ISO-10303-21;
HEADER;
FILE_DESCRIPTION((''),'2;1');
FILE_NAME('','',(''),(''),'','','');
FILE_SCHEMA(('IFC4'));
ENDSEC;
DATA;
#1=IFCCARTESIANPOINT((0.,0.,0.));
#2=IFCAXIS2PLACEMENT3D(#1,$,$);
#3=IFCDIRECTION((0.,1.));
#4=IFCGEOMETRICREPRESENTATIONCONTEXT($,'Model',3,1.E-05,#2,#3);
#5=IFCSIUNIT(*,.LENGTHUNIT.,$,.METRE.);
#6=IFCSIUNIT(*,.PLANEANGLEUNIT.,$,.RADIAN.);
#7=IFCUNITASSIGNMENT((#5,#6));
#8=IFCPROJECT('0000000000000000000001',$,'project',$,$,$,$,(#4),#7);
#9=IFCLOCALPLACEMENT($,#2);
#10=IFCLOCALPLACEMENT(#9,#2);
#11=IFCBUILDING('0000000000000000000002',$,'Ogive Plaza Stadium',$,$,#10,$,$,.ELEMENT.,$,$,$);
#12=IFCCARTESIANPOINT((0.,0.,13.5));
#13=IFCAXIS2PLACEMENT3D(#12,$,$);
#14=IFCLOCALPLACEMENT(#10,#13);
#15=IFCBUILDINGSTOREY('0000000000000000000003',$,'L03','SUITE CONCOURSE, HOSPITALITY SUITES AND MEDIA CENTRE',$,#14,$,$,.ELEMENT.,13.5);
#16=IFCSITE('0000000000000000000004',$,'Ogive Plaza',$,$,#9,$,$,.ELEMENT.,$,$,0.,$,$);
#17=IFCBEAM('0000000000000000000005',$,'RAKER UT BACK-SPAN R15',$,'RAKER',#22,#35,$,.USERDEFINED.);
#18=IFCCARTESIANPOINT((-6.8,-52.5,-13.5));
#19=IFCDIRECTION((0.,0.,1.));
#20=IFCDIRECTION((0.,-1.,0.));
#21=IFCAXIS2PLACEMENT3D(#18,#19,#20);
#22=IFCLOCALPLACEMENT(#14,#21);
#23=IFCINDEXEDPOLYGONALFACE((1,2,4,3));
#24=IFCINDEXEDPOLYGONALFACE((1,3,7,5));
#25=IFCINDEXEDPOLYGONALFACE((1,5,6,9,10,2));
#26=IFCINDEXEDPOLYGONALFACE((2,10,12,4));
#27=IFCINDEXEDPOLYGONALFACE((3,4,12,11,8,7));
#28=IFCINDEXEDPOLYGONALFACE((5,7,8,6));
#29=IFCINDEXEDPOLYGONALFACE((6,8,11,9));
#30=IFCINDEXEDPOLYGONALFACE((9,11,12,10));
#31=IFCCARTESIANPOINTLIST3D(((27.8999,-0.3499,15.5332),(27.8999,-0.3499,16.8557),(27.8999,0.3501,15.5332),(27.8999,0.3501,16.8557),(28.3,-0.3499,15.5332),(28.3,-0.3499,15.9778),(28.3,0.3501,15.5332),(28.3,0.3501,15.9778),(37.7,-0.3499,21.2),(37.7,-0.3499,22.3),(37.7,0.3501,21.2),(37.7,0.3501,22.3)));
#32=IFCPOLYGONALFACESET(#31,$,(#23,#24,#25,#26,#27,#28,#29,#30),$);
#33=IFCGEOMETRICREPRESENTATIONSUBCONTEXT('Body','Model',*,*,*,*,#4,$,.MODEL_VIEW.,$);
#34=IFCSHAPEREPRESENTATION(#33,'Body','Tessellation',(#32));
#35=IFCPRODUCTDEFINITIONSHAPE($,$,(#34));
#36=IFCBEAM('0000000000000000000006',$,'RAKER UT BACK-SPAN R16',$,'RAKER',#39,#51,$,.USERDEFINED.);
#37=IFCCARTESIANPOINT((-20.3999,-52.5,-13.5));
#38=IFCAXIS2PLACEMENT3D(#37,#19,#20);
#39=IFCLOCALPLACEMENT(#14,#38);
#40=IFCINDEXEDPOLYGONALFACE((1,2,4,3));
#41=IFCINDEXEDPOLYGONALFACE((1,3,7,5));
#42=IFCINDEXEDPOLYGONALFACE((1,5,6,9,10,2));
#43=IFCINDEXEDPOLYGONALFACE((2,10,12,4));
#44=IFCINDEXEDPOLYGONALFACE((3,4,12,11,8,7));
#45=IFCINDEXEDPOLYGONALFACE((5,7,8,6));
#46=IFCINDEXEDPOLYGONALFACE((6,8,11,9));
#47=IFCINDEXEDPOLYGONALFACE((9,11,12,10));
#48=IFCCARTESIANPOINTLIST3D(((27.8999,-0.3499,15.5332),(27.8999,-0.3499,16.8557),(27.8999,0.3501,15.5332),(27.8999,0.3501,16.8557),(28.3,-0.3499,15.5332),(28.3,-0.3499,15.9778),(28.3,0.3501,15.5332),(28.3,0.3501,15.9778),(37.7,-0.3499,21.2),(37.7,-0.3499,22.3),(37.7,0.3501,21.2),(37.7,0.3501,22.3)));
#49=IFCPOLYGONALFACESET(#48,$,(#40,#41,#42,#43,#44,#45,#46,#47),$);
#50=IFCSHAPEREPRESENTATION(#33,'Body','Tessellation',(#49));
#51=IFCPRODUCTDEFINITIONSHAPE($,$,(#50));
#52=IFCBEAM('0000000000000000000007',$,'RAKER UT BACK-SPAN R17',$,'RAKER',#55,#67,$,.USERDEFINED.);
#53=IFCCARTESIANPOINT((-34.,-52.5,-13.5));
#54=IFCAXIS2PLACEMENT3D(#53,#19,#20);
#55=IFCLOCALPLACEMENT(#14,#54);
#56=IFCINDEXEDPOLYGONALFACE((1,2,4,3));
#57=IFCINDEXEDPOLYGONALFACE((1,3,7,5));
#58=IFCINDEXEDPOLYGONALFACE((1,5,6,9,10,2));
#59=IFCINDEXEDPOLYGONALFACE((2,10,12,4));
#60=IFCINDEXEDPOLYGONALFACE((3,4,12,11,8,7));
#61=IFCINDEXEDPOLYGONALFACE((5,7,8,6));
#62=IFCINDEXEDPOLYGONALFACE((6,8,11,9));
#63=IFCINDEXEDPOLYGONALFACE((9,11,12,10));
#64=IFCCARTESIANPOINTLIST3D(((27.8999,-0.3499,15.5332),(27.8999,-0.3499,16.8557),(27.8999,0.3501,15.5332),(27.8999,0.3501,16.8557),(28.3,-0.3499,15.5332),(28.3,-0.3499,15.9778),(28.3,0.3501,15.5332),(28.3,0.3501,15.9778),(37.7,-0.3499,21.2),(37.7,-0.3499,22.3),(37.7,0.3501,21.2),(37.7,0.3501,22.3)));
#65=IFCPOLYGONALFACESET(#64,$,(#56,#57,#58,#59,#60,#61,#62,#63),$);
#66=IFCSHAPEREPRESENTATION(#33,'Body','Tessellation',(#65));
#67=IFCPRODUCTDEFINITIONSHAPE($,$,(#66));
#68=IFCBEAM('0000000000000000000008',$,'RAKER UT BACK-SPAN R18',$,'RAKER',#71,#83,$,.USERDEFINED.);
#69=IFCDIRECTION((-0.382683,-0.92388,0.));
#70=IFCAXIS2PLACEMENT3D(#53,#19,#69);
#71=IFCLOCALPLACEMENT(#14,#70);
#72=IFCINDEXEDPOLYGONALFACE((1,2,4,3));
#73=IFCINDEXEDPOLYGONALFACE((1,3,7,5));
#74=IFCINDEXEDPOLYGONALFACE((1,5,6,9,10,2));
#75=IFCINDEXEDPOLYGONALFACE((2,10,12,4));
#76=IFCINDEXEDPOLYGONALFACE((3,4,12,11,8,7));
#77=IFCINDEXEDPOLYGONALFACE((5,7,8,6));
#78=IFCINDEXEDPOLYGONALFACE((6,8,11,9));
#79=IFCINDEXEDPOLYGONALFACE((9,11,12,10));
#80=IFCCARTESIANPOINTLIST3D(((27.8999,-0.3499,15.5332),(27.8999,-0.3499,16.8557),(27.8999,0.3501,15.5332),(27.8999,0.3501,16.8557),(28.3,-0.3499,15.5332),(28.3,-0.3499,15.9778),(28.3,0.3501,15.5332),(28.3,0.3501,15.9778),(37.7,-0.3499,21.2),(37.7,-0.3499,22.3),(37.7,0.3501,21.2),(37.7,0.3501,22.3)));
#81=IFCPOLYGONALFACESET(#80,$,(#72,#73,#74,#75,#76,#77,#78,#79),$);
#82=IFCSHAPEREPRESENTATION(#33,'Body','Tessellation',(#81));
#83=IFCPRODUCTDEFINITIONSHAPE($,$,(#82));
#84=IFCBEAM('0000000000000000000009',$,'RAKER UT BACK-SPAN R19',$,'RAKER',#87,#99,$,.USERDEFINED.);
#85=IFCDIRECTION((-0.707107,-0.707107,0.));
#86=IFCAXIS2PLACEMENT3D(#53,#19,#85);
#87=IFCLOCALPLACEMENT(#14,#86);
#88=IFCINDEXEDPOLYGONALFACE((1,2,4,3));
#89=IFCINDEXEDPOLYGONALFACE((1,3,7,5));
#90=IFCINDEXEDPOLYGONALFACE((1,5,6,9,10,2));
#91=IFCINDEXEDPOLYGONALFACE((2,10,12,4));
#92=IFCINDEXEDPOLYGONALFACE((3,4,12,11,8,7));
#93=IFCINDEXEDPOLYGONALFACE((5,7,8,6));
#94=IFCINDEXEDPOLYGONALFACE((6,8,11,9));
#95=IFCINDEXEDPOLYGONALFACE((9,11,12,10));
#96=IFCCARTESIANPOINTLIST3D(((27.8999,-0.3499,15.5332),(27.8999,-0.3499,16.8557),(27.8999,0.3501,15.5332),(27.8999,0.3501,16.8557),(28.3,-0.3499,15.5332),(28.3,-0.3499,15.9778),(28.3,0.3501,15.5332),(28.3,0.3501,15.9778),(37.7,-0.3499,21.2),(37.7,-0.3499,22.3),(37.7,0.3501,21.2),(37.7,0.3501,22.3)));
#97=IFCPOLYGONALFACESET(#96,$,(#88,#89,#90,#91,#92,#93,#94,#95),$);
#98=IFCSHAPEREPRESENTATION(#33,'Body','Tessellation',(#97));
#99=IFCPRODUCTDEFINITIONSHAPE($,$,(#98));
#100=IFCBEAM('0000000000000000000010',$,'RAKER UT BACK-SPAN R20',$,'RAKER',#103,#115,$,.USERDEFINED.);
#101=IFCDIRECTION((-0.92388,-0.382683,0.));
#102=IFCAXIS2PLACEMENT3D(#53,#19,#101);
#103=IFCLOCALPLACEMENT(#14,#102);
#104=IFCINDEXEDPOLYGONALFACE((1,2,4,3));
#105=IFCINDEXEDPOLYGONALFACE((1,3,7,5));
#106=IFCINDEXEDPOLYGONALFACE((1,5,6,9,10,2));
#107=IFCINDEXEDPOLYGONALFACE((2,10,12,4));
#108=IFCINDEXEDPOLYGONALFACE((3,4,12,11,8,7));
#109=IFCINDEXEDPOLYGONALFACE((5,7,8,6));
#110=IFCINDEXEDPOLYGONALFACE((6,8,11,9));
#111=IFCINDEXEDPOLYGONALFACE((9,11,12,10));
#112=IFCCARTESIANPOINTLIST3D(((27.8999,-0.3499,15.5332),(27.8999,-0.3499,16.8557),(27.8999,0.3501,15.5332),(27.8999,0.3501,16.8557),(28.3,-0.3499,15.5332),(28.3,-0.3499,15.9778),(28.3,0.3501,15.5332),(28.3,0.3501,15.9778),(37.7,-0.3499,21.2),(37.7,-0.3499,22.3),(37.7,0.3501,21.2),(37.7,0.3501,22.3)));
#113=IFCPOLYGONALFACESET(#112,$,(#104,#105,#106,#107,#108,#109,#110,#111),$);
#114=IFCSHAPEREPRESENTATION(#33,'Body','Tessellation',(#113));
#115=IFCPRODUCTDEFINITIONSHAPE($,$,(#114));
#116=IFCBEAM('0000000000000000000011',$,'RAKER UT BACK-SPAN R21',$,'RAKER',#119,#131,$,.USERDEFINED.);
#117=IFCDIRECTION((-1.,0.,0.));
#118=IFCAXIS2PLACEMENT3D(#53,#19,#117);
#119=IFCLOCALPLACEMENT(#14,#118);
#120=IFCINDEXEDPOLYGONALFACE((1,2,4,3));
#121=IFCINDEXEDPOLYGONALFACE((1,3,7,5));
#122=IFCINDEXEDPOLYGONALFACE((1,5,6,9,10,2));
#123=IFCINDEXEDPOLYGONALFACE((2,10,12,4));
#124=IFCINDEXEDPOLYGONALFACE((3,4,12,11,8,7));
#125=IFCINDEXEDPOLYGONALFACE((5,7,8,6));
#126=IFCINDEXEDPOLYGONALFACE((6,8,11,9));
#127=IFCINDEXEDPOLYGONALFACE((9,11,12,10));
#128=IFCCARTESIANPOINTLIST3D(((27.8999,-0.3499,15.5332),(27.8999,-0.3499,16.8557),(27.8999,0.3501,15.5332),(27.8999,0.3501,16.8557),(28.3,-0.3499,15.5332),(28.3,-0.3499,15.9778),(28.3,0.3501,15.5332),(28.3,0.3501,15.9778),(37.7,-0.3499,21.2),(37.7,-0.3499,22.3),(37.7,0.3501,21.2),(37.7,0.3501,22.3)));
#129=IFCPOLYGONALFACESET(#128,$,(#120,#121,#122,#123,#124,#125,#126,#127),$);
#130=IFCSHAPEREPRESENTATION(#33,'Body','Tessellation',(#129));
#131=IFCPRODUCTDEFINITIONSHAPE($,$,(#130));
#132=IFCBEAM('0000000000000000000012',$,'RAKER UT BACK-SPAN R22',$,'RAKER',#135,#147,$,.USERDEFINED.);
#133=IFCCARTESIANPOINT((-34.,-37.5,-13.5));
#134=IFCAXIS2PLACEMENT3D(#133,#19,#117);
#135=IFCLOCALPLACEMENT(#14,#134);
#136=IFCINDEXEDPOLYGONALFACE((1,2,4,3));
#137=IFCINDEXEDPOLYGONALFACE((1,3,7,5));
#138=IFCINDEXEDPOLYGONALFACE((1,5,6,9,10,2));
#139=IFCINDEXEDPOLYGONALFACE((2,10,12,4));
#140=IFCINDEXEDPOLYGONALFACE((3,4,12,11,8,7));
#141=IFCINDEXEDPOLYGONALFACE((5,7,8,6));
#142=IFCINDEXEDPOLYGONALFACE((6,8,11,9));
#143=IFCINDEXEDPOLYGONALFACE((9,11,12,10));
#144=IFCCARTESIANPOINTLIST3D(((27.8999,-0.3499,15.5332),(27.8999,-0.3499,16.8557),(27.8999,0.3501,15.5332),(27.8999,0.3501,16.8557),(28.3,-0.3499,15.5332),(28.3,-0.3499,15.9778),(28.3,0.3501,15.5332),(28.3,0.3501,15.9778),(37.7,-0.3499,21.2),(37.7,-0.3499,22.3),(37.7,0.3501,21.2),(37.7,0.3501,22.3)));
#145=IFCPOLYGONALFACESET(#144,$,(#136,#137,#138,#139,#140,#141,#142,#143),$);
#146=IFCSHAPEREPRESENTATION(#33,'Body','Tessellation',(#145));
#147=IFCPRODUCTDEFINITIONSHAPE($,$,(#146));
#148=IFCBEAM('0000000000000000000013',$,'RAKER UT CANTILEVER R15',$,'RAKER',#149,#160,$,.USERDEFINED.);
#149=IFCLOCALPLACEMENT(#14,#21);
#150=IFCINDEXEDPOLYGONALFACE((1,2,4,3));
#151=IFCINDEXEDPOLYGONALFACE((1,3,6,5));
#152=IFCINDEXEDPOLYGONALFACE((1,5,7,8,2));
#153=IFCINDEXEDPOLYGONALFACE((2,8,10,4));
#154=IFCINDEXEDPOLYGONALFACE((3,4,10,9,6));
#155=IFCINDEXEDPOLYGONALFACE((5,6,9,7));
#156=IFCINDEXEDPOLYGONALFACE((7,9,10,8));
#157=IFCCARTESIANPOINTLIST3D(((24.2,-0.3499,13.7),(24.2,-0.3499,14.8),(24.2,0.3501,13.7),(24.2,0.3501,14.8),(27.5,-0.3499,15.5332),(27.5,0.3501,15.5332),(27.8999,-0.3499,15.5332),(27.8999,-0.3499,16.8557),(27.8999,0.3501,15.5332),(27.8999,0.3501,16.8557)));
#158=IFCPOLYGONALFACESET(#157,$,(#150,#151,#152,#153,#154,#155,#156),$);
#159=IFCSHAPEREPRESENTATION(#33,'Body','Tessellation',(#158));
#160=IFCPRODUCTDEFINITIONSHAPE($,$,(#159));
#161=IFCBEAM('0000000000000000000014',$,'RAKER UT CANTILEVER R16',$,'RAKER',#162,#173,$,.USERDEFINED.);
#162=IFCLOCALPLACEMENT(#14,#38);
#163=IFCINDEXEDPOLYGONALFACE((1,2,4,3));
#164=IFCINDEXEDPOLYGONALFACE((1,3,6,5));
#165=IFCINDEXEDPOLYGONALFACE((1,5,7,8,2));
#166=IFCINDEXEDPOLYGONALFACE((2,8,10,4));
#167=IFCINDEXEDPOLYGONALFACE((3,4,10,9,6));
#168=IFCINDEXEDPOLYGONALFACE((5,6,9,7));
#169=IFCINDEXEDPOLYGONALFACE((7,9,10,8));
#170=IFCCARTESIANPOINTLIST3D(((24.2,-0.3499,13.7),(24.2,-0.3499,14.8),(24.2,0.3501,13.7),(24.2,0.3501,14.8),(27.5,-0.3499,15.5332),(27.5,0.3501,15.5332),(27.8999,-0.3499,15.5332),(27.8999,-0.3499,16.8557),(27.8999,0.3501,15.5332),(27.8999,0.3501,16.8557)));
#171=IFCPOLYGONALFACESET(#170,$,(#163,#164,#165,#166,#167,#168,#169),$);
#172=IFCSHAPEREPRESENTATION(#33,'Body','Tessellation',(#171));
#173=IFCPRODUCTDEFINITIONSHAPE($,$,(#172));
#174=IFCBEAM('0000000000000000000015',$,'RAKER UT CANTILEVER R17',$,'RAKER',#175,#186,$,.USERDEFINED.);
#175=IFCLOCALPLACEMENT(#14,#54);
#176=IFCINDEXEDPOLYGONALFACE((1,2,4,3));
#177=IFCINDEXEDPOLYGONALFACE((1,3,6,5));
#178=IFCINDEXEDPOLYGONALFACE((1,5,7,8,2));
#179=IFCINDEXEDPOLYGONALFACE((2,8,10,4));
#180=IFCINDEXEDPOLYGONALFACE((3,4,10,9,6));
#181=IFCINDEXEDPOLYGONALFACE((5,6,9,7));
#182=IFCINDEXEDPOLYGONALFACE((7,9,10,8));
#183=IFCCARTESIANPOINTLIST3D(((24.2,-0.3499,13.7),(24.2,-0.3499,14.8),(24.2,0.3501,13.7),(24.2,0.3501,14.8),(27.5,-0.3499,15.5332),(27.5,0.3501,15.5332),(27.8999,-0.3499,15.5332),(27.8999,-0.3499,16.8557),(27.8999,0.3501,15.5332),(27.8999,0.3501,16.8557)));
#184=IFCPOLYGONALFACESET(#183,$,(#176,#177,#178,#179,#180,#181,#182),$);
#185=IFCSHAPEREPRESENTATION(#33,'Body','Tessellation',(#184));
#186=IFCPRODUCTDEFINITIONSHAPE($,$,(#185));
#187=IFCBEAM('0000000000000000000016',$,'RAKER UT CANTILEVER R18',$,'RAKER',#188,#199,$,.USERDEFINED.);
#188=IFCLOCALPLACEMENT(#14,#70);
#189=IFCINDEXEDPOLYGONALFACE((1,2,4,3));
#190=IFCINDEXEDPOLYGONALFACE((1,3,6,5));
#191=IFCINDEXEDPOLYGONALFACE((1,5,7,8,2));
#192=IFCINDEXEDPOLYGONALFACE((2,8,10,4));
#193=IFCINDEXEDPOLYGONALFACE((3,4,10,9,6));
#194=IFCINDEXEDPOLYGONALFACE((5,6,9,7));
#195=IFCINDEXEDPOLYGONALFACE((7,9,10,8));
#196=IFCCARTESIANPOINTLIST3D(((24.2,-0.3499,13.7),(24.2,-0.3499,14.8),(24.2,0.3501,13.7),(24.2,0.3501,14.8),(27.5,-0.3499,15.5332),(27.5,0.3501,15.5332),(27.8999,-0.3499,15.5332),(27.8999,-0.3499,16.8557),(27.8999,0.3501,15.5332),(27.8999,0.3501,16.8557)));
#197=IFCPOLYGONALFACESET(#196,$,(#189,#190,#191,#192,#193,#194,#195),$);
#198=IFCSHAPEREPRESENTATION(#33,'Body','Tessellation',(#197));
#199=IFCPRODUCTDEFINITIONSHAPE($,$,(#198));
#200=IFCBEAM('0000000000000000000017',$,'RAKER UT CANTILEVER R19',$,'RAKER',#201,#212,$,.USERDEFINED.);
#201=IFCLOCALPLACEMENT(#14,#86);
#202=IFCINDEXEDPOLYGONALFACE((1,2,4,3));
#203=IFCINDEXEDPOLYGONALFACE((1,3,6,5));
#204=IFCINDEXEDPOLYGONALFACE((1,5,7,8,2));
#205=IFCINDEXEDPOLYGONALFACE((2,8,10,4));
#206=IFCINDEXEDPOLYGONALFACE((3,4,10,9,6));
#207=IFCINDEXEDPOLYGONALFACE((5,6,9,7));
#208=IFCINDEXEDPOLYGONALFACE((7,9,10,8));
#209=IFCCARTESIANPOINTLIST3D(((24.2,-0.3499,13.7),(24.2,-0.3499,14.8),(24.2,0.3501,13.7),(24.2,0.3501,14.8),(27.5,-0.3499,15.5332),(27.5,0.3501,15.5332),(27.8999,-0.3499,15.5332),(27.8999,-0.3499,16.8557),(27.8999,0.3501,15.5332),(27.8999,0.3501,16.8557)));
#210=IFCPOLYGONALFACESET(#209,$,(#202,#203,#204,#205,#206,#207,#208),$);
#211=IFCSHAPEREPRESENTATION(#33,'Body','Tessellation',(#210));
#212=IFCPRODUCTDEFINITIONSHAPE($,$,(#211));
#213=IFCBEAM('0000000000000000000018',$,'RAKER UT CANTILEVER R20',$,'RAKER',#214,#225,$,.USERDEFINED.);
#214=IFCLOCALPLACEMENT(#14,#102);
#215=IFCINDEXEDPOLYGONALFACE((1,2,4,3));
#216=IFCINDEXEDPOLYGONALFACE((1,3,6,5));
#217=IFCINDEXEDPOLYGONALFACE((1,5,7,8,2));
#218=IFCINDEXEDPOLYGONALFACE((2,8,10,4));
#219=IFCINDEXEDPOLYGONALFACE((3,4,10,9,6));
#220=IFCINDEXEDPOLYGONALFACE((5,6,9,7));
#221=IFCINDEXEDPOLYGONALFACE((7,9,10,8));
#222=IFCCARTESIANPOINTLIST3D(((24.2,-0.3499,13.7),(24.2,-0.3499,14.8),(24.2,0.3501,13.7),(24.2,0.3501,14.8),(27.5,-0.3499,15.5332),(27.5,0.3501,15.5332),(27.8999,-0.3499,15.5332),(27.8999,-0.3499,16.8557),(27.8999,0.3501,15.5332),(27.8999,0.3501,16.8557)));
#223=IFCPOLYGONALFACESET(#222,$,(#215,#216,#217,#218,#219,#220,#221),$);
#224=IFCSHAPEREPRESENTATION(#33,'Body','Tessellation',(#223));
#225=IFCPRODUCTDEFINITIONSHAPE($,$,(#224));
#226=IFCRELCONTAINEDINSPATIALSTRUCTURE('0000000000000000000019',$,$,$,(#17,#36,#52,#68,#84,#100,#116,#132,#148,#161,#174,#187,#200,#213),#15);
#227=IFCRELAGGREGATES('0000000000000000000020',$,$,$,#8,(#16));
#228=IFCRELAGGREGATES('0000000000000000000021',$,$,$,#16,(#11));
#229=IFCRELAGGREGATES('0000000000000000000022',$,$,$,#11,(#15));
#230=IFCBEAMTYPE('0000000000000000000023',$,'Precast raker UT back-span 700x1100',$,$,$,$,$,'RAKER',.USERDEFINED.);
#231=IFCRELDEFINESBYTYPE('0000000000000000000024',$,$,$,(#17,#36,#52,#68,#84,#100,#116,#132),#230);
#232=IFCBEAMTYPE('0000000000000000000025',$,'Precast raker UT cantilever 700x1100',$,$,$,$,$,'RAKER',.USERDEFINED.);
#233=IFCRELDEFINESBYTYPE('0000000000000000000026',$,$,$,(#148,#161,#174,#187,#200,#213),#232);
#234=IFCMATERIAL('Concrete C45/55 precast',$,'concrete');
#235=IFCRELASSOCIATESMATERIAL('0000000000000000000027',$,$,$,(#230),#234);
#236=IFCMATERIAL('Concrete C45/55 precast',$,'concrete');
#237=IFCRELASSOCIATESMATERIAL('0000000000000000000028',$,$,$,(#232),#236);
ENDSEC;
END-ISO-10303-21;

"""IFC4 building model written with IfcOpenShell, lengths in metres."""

from ifc_helpers import new_model, si_unit, direction, frame, origin, origin_2d, place, context, subcontext, project, spatial, polyline, rectangle, outline, extrude, material, material_profile, profile_set, type_object, element, save


model = new_model("IFC4")

# Units and contexts
model_context = context("Model", 3, precision=1e-05, world=origin(), true_north=direction((0.0, 1.0)))
body_context = subcontext(model_context, "Body", "Model", "MODEL_VIEW")
ifc_project = project(units=[si_unit("LENGTHUNIT", "METRE"), si_unit("PLANEANGLEUNIT", "RADIAN")], contexts=[model_context])

# Site, building, storey
site_placement = place(None, origin())
site = spatial("IfcSite", under=ifc_project, at=site_placement, Name="Ogive Plaza", CompositionType="ELEMENT", RefElevation=0.0)
building_placement = place(site_placement, origin())
building = spatial("IfcBuilding", under=site, at=building_placement, Name="Ogive Plaza Stadium", CompositionType="ELEMENT")
storey_placement = place(building_placement, frame((0.0, 0.0, 13.5)))
storey = spatial("IfcBuildingStorey", under=building, at=storey_placement, Name="L03", Description="SUITE CONCOURSE, HOSPITALITY SUITES AND MEDIA CENTRE", CompositionType="ELEMENT", Elevation=13.5)

# Beams
ifc_material_1 = material(Name="Concrete C45/55 precast", Category="concrete")
ifc_material_profile_1 = material_profile(ifc_material_1, rectangle(XDim=0.7, YDim=1.1001, at=origin_2d()), Name="RC 700x1100")
ifc_profile_set_1 = profile_set([ifc_material_profile_1], Name="Concrete C45/55 precast")
beam_type_1 = type_object("IfcBeamType", Name="Precast raker UT back-span 700x1100", ElementType="RAKER", PredefinedType="USERDEFINED", material=ifc_profile_set_1)
for number, where, z_axis, x_axis, name in (
    (1, (-6.8, -52.5, -13.5), (0.0, 0.0, 1.0), (0.0, -1.0, 0.0), "RAKER UT BACK-SPAN R15"),
    (2, (-20.3999, -52.5, -13.5), (0.0, 0.0, 1.0), (0.0, -1.0, 0.0), "RAKER UT BACK-SPAN R16"),
    (3, (-34.0, -52.5, -13.5), (0.0, 0.0, 1.0), (0.0, -1.0, 0.0), "RAKER UT BACK-SPAN R17"),
    (4, (-34.0, -52.5, -13.5), (0.0, 0.0, 1.0), (-0.382683, -0.92388, 0.0), "RAKER UT BACK-SPAN R18"),
    (5, (-34.0, -52.5, -13.5), (0.0, 0.0, 1.0), (-0.707107, -0.707107, 0.0), "RAKER UT BACK-SPAN R19"),
    (6, (-34.0, -52.5, -13.5), (0.0, 0.0, 1.0), (-0.92388, -0.382683, 0.0), "RAKER UT BACK-SPAN R20"),
    (7, (-34.0, -52.5, -13.5), (0.0, 0.0, 1.0), (-1.0, 0.0, 0.0), "RAKER UT BACK-SPAN R21"),
    (8, (-34.0, -37.5, -13.5), (0.0, 0.0, 1.0), (-1.0, 0.0, 0.0), "RAKER UT BACK-SPAN R22"),
):
    element("IfcBeam", number, at=place(storey_placement, frame(where, z_axis=z_axis, x_axis=x_axis)), inside=storey, type_object=beam_type_1, Name=name, ObjectType="RAKER", PredefinedType="USERDEFINED", context=body_context, shape_type="SweptSolid", body=[
        extrude(outline(polyline([(27.8999, 15.5332), (28.3, 15.5332), (28.3, 15.9778), (37.7, 21.2), (37.7, 22.3), (27.8999, 16.8557), (27.8999, 15.5332)])), frame((0.0, 0.3501, 0.0), z_axis=(0.0, -1.0, 0.0), x_axis=(1.0, 0.0, 0.0)), (0.0, 0.0, 1.0), 0.7),
    ])
ifc_material_2 = material(Name="Concrete C45/55 precast", Category="concrete")
ifc_material_profile_2 = material_profile(ifc_material_2, rectangle(XDim=0.7, YDim=1.1001, at=origin_2d()), Name="RC 700x1100")
ifc_profile_set_2 = profile_set([ifc_material_profile_2], Name="Concrete C45/55 precast")
beam_type_2 = type_object("IfcBeamType", Name="Precast raker UT cantilever 700x1100", ElementType="RAKER", PredefinedType="USERDEFINED", material=ifc_profile_set_2)
for number, where, z_axis, x_axis, name in (
    (9, (-6.8, -52.5, -13.5), (0.0, 0.0, 1.0), (0.0, -1.0, 0.0), "RAKER UT CANTILEVER R15"),
    (10, (-20.3999, -52.5, -13.5), (0.0, 0.0, 1.0), (0.0, -1.0, 0.0), "RAKER UT CANTILEVER R16"),
    (11, (-34.0, -52.5, -13.5), (0.0, 0.0, 1.0), (0.0, -1.0, 0.0), "RAKER UT CANTILEVER R17"),
    (12, (-34.0, -52.5, -13.5), (0.0, 0.0, 1.0), (-0.382683, -0.92388, 0.0), "RAKER UT CANTILEVER R18"),
    (13, (-34.0, -52.5, -13.5), (0.0, 0.0, 1.0), (-0.707107, -0.707107, 0.0), "RAKER UT CANTILEVER R19"),
    (14, (-34.0, -52.5, -13.5), (0.0, 0.0, 1.0), (-0.92388, -0.382683, 0.0), "RAKER UT CANTILEVER R20"),
):
    element("IfcBeam", number, at=place(storey_placement, frame(where, z_axis=z_axis, x_axis=x_axis)), inside=storey, type_object=beam_type_2, Name=name, ObjectType="RAKER", PredefinedType="USERDEFINED", context=body_context, shape_type="SweptSolid", body=[
        extrude(outline(polyline([(24.2, 13.7), (27.5, 15.5332), (27.8999, 15.5332), (27.8999, 16.8557), (24.2, 14.8), (24.2, 13.7)])), frame((0.0, 0.3501, 0.0), z_axis=(0.0, -1.0, 0.0), x_axis=(1.0, 0.0, 0.0)), (0.0, 0.0, 1.0), 0.7),
    ])

save(model, "model.ifc")
